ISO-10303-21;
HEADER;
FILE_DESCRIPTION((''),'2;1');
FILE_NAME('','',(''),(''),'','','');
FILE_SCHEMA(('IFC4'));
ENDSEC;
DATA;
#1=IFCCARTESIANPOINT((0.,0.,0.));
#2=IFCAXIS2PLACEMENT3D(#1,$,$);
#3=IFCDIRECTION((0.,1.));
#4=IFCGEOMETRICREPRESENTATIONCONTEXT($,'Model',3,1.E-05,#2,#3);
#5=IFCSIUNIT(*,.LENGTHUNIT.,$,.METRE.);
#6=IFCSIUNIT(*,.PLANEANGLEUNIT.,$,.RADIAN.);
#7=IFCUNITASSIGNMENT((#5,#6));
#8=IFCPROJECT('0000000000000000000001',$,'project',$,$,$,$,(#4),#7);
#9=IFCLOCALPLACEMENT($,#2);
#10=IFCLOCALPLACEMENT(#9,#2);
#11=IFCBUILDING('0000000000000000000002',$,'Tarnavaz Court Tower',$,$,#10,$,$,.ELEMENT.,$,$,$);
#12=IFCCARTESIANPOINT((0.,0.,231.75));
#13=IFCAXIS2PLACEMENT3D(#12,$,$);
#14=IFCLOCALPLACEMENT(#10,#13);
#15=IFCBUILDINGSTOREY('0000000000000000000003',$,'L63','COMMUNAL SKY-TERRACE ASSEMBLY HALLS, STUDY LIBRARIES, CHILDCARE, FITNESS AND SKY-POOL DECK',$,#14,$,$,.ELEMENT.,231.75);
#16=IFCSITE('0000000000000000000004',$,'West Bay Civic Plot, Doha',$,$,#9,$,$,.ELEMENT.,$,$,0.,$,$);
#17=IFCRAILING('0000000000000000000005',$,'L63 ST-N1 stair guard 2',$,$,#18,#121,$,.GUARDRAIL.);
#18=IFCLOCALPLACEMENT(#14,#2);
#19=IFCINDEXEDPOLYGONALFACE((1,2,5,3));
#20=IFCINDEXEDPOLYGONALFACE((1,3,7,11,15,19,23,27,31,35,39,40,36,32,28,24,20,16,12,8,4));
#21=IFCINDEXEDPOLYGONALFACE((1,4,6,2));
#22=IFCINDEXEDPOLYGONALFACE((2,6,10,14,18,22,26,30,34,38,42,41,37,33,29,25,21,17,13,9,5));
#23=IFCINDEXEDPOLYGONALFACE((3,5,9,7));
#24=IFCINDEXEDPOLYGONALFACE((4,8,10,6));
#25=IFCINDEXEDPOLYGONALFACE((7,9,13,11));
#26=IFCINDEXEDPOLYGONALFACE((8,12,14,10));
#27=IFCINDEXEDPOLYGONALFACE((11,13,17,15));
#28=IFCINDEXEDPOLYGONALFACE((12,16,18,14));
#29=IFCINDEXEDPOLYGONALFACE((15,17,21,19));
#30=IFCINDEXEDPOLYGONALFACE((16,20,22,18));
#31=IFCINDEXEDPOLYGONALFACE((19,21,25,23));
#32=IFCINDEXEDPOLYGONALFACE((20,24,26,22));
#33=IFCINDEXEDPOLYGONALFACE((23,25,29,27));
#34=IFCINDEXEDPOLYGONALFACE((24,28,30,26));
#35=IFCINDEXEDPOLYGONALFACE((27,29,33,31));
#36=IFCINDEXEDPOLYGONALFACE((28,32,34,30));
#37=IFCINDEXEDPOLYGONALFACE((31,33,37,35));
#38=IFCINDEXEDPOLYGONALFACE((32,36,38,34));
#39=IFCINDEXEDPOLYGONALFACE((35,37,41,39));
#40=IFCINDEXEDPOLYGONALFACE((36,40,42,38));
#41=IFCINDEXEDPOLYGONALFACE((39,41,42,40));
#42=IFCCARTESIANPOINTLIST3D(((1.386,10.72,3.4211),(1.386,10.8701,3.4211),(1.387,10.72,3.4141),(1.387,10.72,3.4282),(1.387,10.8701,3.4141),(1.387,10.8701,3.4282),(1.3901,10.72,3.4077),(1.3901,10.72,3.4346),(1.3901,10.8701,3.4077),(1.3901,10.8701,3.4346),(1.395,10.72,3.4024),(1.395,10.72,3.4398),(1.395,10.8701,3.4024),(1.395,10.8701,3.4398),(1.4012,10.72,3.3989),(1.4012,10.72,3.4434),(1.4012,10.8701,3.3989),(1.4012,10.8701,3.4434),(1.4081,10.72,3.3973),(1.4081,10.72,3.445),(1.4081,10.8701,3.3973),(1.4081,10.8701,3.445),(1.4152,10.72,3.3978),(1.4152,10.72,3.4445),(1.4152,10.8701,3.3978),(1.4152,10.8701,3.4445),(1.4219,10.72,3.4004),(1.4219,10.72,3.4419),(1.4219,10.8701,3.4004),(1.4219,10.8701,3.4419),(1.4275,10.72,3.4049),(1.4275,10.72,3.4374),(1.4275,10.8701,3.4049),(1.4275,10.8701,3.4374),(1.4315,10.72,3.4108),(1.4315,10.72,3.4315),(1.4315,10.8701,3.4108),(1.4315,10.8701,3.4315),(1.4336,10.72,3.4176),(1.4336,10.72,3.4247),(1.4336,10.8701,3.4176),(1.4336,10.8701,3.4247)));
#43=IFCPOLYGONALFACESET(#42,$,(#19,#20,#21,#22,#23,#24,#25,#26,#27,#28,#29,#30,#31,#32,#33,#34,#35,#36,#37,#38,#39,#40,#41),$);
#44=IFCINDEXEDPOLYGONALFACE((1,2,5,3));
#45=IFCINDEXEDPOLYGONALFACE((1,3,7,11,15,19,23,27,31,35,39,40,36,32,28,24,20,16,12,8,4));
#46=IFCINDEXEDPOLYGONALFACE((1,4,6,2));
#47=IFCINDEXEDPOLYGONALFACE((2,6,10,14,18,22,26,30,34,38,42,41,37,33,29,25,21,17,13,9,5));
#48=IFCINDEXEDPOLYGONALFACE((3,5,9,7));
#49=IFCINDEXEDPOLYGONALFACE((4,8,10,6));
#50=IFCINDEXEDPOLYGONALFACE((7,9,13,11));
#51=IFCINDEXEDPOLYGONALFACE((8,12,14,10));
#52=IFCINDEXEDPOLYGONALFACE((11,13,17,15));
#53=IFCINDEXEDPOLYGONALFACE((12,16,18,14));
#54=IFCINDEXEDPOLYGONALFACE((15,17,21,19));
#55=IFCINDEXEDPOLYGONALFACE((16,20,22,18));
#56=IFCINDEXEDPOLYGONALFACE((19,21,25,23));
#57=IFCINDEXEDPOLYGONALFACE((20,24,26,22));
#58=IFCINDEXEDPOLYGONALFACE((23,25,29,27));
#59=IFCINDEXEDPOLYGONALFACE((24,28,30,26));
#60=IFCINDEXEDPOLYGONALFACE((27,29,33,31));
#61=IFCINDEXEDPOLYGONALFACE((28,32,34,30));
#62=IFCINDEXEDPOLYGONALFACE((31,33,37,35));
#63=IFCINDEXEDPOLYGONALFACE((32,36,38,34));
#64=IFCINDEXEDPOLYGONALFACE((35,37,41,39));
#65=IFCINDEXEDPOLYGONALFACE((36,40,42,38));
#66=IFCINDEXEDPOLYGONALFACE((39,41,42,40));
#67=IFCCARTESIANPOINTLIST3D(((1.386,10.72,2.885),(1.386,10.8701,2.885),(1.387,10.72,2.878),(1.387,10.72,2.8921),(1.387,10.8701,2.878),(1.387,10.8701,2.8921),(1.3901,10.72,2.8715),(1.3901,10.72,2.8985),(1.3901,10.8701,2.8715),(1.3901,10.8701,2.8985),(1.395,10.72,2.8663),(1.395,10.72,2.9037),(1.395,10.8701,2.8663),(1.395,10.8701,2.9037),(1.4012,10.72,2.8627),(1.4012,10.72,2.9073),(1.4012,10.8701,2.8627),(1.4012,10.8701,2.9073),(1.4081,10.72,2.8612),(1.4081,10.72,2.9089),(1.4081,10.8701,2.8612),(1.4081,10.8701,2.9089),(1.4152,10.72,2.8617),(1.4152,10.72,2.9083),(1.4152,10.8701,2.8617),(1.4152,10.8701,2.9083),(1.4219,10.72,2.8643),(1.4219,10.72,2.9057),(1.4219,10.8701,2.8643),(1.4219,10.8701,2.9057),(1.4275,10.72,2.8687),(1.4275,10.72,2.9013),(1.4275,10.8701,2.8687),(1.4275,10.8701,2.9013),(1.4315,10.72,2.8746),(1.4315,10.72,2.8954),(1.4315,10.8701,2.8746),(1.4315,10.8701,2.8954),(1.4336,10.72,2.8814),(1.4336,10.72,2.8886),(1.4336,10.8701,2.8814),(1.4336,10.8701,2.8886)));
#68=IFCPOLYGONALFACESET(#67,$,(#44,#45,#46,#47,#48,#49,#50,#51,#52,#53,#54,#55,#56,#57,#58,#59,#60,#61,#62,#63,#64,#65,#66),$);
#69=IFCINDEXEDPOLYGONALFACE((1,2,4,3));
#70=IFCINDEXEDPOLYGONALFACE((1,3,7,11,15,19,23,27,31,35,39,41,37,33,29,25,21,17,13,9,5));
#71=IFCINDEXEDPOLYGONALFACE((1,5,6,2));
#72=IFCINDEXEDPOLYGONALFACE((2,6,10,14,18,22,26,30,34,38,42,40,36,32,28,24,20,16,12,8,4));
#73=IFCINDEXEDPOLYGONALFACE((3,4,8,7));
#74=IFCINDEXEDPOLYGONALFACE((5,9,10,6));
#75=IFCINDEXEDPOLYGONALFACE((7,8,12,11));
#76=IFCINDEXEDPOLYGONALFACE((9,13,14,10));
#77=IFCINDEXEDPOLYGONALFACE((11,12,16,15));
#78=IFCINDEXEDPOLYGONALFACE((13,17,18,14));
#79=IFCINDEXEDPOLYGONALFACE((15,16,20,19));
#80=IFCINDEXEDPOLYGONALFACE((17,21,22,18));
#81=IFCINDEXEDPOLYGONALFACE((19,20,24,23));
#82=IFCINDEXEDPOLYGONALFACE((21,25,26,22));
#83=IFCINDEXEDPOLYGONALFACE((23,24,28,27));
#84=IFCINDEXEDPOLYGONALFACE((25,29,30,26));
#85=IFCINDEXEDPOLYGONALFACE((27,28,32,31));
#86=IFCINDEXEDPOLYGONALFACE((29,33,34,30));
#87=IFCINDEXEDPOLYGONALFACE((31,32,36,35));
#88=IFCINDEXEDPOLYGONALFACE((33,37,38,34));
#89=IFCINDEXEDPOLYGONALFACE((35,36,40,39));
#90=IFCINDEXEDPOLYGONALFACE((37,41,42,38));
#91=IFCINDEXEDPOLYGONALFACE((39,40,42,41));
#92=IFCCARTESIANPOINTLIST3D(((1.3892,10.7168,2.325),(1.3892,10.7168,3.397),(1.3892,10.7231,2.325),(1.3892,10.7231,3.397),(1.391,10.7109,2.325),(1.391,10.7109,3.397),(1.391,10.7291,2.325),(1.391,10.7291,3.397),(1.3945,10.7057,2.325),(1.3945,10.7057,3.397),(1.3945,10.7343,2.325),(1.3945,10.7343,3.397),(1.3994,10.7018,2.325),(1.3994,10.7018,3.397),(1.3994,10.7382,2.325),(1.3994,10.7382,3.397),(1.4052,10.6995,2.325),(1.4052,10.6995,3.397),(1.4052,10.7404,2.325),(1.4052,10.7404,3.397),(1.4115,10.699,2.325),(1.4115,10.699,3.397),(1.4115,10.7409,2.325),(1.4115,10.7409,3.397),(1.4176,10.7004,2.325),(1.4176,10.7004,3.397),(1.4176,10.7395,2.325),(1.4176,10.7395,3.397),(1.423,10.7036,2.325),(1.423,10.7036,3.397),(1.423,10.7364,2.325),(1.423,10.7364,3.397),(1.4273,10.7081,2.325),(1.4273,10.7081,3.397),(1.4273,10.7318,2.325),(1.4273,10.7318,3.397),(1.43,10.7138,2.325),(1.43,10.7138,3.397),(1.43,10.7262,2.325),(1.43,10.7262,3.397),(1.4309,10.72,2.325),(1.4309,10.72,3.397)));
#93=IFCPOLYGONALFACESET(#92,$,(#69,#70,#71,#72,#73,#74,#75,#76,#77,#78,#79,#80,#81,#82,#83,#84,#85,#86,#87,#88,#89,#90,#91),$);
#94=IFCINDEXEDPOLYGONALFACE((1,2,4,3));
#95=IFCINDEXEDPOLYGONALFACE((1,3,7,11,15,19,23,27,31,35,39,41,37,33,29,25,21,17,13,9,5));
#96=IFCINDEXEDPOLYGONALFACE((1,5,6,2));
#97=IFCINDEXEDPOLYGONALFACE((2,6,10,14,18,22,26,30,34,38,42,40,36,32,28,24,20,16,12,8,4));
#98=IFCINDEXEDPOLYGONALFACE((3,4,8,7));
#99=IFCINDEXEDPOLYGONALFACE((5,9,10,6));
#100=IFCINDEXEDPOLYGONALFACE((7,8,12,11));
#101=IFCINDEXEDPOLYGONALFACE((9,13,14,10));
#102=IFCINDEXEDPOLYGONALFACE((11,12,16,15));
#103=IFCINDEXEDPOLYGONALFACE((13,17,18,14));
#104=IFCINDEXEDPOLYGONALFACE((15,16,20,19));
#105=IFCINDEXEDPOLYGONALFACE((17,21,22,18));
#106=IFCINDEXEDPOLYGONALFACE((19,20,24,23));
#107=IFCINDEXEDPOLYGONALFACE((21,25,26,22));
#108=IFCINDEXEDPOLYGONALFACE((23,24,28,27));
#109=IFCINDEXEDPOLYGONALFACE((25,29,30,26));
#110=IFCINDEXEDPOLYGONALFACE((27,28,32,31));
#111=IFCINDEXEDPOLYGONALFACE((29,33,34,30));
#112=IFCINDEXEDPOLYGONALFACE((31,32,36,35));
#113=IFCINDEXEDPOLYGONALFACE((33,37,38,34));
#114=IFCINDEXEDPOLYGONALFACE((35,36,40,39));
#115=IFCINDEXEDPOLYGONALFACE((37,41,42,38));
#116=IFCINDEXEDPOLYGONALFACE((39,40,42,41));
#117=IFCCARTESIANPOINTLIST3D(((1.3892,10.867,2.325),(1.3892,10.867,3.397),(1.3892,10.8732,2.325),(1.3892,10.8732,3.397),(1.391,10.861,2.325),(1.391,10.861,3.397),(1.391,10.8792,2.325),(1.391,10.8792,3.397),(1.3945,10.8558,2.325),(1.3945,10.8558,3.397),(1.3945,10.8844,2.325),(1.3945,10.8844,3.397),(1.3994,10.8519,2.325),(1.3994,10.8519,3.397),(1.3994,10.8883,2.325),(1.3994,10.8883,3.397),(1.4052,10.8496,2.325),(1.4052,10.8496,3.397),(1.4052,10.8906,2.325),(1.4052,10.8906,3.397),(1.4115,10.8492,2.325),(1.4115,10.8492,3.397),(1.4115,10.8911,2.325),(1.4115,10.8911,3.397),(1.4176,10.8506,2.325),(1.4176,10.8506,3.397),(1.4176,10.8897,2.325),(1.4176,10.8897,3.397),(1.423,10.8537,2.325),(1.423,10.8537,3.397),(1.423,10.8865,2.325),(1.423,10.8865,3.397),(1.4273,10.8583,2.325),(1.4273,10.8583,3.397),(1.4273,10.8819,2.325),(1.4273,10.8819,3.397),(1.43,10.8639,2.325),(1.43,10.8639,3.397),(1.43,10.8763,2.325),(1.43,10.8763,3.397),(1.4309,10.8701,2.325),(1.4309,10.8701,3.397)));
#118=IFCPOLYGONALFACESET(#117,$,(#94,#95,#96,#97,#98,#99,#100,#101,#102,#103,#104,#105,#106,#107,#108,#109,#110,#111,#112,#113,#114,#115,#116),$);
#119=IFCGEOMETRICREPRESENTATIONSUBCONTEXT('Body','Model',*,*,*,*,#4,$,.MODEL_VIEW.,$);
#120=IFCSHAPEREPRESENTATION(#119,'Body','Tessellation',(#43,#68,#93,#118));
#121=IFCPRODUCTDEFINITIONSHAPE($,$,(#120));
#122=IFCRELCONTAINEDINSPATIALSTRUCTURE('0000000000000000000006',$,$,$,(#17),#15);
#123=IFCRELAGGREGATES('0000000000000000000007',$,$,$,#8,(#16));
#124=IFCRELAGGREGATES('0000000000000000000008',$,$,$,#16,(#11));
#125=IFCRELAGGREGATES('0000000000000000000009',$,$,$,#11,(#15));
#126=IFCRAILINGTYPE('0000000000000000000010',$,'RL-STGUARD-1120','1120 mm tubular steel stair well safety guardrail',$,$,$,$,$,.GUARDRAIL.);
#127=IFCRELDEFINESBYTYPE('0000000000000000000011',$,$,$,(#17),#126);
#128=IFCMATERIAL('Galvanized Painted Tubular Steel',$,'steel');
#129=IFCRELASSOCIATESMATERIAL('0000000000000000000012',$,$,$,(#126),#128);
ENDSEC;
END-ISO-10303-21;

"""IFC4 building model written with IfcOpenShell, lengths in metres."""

from ifc_helpers import new_model, si_unit, direction, frame, origin, origin_2d, place, context, subcontext, project, spatial, circle, extrude, material, type_object, element, save


model = new_model("IFC4")

# Units and contexts
model_context = context("Model", 3, precision=1e-05, world=origin(), true_north=direction((0.0, 1.0)))
body_context = subcontext(model_context, "Body", "Model", "MODEL_VIEW")
ifc_project = project(units=[si_unit("LENGTHUNIT", "METRE"), si_unit("PLANEANGLEUNIT", "RADIAN")], contexts=[model_context])

# Site, building, storey
site_placement = place(None, origin())
site = spatial("IfcSite", under=ifc_project, at=site_placement, Name="West Bay Civic Plot, Doha", CompositionType="ELEMENT", RefElevation=0.0)
building_placement = place(site_placement, origin())
building = spatial("IfcBuilding", under=site, at=building_placement, Name="Tarnavaz Court Tower", CompositionType="ELEMENT")
storey_placement = place(building_placement, frame((0.0, 0.0, 231.75)))
storey = spatial("IfcBuildingStorey", under=building, at=storey_placement, Name="L63", Description="COMMUNAL SKY-TERRACE ASSEMBLY HALLS, STUDY LIBRARIES, CHILDCARE, FITNESS AND SKY-POOL DECK", CompositionType="ELEMENT", Elevation=231.75)

# Railing
ifc_material_1 = material(Name="Galvanized Painted Tubular Steel", Category="steel")
railing_type_1 = type_object("IfcRailingType", Name="RL-STGUARD-1120", Description="1120 mm tubular steel stair well safety guardrail", PredefinedType="GUARDRAIL", material=ifc_material_1)
railing_1_placement = place(storey_placement, frame((1.4099, 10.72, 2.325)))
element("IfcRailing", 1, at=railing_1_placement, inside=storey, type_object=railing_type_1, Name="L63 ST-N1 stair guard 2", PredefinedType="GUARDRAIL", context=body_context, shape_type="SweptSolid", body=[
    extrude(circle(Radius=0.0239, at=origin_2d()), frame((0.0, 0.0, 1.0962), z_axis=(0.0, 1.0, 0.0), x_axis=(-1.0, 0.0, 0.0)), (0.0, 0.0, 1.0), 0.1501),
    extrude(circle(Radius=0.0239, at=origin_2d()), frame((0.0, 0.0, 0.5601), z_axis=(0.0, 1.0, 0.0), x_axis=(-1.0, 0.0, 0.0)), (0.0, 0.0, 1.0), 0.1501),
    extrude(circle(Radius=0.021, at=origin_2d()), origin(), (0.0, 0.0, 1.0), 1.072),
    extrude(circle(Radius=0.021, at=origin_2d()), frame((0.0, 0.1501, 0.0)), (0.0, 0.0, 1.0), 1.072),
])

save(model, "model.ifc")
